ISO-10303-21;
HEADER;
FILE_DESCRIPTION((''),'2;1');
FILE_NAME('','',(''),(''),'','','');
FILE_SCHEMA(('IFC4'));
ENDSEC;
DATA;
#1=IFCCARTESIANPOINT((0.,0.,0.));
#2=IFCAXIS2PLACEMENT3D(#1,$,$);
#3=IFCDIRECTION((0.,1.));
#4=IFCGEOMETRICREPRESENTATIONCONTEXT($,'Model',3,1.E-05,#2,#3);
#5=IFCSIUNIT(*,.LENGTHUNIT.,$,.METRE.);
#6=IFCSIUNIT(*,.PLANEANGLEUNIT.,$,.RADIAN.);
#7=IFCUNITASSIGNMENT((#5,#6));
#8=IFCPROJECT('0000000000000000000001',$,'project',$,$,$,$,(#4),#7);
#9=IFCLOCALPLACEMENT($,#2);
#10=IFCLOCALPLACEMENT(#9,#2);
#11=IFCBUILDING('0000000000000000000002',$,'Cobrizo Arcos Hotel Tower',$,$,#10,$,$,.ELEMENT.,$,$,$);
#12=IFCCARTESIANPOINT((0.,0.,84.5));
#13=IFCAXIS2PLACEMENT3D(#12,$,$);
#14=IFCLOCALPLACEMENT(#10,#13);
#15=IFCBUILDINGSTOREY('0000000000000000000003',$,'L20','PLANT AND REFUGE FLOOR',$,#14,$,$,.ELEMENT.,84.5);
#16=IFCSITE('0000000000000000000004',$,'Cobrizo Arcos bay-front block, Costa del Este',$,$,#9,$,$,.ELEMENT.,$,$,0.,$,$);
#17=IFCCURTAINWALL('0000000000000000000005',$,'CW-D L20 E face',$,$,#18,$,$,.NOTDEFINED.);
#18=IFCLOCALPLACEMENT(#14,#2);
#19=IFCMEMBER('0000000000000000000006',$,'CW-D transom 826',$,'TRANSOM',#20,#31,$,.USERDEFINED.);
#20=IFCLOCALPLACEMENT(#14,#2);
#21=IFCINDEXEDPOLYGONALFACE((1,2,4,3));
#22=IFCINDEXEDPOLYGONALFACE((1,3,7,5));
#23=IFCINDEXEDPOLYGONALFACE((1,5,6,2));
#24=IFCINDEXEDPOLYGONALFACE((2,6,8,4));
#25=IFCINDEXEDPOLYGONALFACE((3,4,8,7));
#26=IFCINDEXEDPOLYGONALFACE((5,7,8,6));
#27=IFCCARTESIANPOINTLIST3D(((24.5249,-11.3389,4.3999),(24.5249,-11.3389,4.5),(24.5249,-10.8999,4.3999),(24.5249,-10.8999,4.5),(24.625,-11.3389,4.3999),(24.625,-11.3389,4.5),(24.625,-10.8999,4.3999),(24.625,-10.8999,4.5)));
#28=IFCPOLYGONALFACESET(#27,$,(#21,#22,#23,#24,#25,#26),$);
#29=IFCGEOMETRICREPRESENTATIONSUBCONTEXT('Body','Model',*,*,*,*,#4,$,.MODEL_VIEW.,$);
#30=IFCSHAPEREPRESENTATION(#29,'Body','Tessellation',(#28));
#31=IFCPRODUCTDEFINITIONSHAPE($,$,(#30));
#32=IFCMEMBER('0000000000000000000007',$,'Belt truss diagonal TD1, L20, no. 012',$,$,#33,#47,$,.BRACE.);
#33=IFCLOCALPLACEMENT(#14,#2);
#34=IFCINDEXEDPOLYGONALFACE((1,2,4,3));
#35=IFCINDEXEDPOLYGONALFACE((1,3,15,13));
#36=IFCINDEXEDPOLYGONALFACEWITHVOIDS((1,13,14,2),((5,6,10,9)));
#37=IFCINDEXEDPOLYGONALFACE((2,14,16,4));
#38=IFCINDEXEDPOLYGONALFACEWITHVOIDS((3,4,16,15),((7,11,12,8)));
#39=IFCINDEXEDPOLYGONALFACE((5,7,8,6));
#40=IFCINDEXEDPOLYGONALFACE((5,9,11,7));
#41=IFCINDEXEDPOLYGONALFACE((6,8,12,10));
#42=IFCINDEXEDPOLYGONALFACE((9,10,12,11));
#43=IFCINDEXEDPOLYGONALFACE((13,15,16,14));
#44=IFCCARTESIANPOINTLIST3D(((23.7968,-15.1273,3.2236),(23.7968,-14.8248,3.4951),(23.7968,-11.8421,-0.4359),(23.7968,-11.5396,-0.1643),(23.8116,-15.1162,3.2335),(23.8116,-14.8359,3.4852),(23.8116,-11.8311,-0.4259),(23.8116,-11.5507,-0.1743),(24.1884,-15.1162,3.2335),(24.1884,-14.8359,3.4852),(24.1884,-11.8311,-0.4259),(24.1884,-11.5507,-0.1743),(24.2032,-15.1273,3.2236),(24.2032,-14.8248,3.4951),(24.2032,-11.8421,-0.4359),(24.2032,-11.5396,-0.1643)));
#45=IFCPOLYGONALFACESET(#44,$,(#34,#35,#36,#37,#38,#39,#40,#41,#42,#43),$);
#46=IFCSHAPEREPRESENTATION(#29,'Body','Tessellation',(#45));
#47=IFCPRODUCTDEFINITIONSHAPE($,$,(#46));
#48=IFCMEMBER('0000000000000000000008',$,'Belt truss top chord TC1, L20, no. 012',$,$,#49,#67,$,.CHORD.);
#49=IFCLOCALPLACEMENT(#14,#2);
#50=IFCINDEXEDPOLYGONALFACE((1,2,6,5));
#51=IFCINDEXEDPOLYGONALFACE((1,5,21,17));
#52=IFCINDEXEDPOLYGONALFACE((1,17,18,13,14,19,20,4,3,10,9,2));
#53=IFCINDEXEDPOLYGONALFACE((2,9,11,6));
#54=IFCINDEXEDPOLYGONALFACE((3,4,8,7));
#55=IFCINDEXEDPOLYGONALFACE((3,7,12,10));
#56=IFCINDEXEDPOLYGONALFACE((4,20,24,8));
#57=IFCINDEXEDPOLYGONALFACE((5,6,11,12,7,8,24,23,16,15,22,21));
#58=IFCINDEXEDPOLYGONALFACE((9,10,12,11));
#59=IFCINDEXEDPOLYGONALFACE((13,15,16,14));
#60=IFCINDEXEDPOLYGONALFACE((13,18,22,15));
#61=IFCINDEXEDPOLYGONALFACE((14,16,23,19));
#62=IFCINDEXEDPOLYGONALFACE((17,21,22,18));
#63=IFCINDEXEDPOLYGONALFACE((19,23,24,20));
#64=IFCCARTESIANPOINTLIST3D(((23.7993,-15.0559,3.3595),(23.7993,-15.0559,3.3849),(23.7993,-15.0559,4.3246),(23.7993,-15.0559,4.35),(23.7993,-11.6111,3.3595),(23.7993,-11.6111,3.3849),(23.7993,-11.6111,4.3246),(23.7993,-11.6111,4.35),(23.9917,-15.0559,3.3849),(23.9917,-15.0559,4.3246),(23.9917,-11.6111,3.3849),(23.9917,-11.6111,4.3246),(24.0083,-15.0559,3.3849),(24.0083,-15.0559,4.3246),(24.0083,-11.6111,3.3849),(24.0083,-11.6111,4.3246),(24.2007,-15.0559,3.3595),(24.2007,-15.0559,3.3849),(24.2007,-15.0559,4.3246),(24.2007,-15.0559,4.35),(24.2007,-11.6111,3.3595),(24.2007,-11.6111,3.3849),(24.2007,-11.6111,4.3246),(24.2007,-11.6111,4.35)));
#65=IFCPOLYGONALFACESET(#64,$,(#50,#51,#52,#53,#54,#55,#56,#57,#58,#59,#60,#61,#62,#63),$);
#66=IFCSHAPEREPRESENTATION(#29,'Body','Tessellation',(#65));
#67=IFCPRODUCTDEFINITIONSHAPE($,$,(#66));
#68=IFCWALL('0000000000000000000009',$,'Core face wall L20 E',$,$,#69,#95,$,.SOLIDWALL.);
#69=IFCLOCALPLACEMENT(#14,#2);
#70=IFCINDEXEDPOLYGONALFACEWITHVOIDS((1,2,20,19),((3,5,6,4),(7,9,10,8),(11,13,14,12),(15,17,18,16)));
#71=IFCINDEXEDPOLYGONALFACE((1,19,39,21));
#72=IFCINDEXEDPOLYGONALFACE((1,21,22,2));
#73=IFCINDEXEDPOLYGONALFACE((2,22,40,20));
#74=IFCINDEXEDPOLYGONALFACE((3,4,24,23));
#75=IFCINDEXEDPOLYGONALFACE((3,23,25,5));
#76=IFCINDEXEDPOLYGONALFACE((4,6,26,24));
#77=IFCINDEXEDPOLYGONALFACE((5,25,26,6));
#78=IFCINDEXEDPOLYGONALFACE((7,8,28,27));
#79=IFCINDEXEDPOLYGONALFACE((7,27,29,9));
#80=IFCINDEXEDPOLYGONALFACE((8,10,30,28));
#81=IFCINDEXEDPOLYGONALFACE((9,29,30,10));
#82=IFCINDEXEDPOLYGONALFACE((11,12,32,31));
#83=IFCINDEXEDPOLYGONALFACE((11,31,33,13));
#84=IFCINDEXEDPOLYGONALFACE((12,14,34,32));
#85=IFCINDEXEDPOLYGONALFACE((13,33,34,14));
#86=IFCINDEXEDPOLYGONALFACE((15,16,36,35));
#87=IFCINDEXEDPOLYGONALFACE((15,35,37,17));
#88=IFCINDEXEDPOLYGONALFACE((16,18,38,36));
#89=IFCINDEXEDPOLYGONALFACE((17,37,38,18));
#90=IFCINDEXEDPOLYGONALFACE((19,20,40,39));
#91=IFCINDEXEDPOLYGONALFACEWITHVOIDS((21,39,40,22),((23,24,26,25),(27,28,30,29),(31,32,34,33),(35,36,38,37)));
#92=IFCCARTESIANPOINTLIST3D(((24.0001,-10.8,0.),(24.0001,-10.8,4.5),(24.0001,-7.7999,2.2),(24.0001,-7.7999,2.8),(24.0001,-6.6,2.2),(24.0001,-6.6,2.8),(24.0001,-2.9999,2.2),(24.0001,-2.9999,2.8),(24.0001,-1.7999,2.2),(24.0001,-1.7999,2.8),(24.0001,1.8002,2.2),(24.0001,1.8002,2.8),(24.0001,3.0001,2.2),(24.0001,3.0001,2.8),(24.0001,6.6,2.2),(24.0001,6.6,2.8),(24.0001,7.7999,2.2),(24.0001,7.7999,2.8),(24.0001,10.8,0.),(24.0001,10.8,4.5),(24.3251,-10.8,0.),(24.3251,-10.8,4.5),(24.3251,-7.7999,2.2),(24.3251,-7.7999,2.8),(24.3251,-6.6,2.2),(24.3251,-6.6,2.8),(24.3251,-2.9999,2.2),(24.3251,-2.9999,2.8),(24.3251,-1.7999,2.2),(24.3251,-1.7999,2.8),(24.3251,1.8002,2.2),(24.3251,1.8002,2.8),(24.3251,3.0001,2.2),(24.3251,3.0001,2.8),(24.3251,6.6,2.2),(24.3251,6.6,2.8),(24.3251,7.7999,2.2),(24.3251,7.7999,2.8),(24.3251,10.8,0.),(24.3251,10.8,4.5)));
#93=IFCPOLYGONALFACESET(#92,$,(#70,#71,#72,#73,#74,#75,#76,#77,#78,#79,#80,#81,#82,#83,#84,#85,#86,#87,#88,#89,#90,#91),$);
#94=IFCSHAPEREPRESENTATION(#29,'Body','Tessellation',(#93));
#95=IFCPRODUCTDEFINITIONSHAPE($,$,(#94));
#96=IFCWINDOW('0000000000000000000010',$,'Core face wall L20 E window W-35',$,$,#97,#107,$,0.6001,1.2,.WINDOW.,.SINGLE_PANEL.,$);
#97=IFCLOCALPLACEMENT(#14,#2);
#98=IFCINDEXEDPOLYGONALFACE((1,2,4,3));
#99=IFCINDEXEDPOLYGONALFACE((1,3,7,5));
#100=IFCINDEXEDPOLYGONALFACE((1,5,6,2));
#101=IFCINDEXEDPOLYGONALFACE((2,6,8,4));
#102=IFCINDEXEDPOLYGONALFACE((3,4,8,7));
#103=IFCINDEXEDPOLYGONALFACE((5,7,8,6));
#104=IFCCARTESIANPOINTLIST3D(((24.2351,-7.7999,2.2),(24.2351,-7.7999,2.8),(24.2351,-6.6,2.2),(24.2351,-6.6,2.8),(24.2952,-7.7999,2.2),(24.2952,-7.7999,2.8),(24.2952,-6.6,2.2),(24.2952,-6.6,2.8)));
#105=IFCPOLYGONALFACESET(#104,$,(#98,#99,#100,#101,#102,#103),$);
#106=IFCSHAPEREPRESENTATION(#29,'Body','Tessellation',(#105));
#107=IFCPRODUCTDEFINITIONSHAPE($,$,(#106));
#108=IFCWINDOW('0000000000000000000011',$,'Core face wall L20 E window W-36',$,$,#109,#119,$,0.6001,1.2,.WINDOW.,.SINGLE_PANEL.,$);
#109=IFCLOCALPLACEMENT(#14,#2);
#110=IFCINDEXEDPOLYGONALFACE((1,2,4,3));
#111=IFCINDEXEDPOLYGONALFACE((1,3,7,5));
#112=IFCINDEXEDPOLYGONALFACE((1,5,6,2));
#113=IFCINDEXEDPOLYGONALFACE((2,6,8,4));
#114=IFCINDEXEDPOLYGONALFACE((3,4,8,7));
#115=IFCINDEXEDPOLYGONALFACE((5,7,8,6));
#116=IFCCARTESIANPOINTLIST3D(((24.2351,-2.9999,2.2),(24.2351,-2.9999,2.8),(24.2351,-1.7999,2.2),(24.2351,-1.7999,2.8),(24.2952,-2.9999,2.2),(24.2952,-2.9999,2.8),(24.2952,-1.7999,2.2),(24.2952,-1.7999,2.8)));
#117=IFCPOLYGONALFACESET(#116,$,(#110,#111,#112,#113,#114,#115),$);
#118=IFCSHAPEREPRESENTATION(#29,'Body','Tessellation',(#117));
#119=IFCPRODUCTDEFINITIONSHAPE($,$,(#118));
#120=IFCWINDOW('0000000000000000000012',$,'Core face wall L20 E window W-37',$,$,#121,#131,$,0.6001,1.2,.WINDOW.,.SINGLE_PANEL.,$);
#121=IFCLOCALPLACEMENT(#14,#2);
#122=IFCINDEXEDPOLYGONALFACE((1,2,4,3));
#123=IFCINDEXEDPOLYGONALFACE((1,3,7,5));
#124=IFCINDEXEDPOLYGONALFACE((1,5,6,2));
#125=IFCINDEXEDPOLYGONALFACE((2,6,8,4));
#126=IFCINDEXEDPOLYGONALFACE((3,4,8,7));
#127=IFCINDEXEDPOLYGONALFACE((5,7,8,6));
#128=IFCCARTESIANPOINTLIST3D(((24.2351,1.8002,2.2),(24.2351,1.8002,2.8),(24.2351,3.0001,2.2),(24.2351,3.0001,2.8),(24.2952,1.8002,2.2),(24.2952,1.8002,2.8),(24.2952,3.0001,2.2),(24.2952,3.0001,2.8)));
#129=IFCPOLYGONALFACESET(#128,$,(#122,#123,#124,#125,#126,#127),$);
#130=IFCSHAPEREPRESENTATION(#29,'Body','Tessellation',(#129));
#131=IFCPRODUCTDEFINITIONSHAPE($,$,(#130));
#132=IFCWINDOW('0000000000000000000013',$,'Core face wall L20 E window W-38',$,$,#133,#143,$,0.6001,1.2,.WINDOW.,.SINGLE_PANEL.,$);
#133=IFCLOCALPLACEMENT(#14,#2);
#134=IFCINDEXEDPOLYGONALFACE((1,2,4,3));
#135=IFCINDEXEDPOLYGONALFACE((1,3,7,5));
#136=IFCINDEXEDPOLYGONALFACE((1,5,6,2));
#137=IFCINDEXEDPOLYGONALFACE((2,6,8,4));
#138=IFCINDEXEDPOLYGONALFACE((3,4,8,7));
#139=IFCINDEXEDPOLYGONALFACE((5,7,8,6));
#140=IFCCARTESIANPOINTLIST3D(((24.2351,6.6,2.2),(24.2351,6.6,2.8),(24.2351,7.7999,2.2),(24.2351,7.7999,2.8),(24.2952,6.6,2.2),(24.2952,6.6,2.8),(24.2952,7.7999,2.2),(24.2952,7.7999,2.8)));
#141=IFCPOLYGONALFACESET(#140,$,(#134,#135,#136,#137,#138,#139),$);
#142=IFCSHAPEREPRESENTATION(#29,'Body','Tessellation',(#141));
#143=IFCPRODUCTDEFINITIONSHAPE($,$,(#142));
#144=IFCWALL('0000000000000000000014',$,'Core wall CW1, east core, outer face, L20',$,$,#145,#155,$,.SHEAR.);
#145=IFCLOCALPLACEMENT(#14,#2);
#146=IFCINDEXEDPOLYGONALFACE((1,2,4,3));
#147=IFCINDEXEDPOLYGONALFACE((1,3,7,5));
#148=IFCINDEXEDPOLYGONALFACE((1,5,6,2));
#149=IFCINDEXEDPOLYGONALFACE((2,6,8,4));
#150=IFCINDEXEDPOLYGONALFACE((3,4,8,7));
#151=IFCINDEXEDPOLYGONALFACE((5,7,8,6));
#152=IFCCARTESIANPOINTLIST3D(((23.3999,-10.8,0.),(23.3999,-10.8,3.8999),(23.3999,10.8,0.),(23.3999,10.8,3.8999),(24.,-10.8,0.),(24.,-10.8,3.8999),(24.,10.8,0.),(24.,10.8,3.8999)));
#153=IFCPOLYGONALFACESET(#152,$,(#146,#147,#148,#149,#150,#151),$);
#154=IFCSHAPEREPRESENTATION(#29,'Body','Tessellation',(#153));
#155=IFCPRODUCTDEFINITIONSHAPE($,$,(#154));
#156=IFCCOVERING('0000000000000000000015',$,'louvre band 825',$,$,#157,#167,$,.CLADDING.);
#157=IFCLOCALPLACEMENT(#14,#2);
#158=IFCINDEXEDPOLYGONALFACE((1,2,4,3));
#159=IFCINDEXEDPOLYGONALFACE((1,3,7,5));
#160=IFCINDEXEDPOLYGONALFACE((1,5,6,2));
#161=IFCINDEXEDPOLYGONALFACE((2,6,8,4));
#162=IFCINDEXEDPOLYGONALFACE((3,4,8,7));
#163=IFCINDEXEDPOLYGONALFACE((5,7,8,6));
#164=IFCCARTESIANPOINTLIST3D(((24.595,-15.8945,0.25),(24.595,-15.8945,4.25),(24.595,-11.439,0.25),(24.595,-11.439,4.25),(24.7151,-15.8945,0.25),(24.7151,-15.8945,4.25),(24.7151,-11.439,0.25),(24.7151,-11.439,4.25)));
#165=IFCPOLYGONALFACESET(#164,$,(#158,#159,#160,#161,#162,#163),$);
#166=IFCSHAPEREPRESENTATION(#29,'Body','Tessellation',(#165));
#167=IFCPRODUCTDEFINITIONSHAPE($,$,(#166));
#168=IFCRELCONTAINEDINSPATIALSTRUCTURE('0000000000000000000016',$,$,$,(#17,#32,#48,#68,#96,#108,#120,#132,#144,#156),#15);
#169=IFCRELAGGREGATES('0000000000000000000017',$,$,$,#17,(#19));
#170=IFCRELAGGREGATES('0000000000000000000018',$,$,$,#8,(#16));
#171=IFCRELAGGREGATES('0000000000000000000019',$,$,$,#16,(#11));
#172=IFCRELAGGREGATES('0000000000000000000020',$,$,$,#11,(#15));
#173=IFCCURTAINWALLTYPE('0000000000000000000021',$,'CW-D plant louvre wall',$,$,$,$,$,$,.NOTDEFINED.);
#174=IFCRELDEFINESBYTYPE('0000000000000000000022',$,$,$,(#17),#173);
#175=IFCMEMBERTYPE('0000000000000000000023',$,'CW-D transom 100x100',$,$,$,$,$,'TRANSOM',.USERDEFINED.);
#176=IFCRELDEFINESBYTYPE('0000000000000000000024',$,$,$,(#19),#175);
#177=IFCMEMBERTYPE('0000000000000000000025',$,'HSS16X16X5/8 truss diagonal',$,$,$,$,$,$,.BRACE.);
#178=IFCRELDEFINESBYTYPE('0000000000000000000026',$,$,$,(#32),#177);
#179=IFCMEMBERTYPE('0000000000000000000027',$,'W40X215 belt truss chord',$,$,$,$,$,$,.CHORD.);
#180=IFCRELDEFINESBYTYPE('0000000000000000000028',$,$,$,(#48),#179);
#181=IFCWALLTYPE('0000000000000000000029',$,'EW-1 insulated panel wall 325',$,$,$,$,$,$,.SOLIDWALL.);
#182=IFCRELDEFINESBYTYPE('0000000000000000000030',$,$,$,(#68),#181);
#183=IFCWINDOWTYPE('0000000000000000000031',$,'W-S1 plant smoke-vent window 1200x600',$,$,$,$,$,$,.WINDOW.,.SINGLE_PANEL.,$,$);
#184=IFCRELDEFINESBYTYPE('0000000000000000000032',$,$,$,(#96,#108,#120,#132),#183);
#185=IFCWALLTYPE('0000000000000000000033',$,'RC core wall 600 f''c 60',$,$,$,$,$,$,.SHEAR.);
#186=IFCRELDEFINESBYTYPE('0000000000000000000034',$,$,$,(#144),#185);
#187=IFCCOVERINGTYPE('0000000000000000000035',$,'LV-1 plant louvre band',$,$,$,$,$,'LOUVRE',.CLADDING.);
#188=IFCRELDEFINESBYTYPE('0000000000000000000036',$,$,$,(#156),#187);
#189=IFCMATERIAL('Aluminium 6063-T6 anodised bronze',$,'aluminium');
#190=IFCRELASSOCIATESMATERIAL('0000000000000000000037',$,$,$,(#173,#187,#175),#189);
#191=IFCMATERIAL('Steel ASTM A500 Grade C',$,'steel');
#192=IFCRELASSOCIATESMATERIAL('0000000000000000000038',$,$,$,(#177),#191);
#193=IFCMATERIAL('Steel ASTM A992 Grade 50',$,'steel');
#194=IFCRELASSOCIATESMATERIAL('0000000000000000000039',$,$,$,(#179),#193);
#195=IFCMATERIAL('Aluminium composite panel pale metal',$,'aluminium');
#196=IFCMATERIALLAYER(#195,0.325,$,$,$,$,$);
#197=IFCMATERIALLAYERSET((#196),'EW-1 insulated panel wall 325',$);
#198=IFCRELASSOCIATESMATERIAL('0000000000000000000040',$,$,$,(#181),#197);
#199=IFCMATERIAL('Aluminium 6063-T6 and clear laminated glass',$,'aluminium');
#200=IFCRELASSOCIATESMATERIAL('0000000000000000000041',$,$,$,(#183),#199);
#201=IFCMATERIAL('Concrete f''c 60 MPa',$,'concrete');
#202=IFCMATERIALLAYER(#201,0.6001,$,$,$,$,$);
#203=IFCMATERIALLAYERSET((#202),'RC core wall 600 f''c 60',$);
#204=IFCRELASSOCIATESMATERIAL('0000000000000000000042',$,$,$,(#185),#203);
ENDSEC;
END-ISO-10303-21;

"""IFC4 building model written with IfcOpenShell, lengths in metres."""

from ifc_helpers import new_model, si_unit, direction, frame, frame_2d, origin, origin_2d, place, context, subcontext, project, spatial, rectangle, hollow_rectangle, i_section, extrude, material, layer, layer_set, material_profile, profile_set, type_object, element, fill, aggregate, save


model = new_model("IFC4")

# Units and contexts
model_context = context("Model", 3, precision=1e-05, world=origin(), true_north=direction((0.0, 1.0)))
body_context = subcontext(model_context, "Body", "Model", "MODEL_VIEW")
ifc_project = project(units=[si_unit("LENGTHUNIT", "METRE"), si_unit("PLANEANGLEUNIT", "RADIAN")], contexts=[model_context])

# Site, building, storey
site_placement = place(None, origin())
site = spatial("IfcSite", under=ifc_project, at=site_placement, Name="Cobrizo Arcos bay-front block, Costa del Este", CompositionType="ELEMENT", RefElevation=0.0)
building_placement = place(site_placement, origin())
building = spatial("IfcBuilding", under=site, at=building_placement, Name="Cobrizo Arcos Hotel Tower", CompositionType="ELEMENT")
storey_placement = place(building_placement, frame((0.0, 0.0, 84.5)))
storey = spatial("IfcBuildingStorey", under=building, at=storey_placement, Name="L20", Description="PLANT AND REFUGE FLOOR", CompositionType="ELEMENT", Elevation=84.5)

# Curtain wall, member
ifc_material_1 = material(Name="Aluminium 6063-T6 anodised bronze", Category="aluminium")
curtain_wall_type = type_object("IfcCurtainWallType", Name="CW-D plant louvre wall", PredefinedType="NOTDEFINED", material=ifc_material_1)
curtain_wall_placement = place(storey_placement, origin())
curtain_wall = element("IfcCurtainWall", 1, at=curtain_wall_placement, inside=storey, type_object=curtain_wall_type, Name="CW-D L20 E face", PredefinedType="NOTDEFINED")
ifc_material_profile_1 = material_profile(ifc_material_1, rectangle(XDim=0.1001, YDim=0.1001, at=origin_2d()), Name="CW-D transom 100x100")
ifc_profile_set_1 = profile_set([ifc_material_profile_1], Name="Aluminium 6063-T6 anodised bronze")
member_type_1 = type_object("IfcMemberType", Name="CW-D transom 100x100", ElementType="TRANSOM", PredefinedType="USERDEFINED", material=ifc_profile_set_1)
member_1_placement = place(storey_placement, frame((24.575, -11.3389, 4.45), z_axis=(0.0, 1.0, 0.0), x_axis=(-1.0, 0.0, 0.0)))
member_1 = element("IfcMember", 2, at=member_1_placement, type_object=member_type_1, Name="CW-D transom 826", ObjectType="TRANSOM", PredefinedType="USERDEFINED", context=body_context, shape_type="SweptSolid", body=[
    extrude(rectangle(XDim=0.1001, YDim=0.1001, at=origin_2d()), origin(), (0.0, 0.0, 1.0), 0.439),
])
aggregate(curtain_wall, [member_1])

# Members
ifc_material_2 = material(Name="Steel ASTM A500 Grade C", Category="steel")
ifc_material_profile_2 = material_profile(ifc_material_2, hollow_rectangle(XDim=0.4065, YDim=0.4065, WallThickness=0.0149, at=origin_2d()), Name="HSS16X16X5/8")
ifc_profile_set_2 = profile_set([ifc_material_profile_2], Name="Steel ASTM A500 Grade C")
member_type_2 = type_object("IfcMemberType", Name="HSS16X16X5/8 truss diagonal", PredefinedType="BRACE", material=ifc_profile_set_2)
member_2_placement = place(storey_placement, frame((24.0, -14.9761, 3.3594), z_axis=(0.0, 0.668029, -0.744135), x_axis=(-1.0, 0.0, 0.0)))
element("IfcMember", 3, at=member_2_placement, inside=storey, type_object=member_type_2, Name="Belt truss diagonal TD1, L20, no. 012", PredefinedType="BRACE", context=body_context, shape_type="SweptSolid", body=[
    extrude(hollow_rectangle(XDim=0.4065, YDim=0.4065, WallThickness=0.0149, at=origin_2d()), origin(), (0.0, 0.0, 1.0), 4.9177),
])
ifc_material_3 = material(Name="Steel ASTM A992 Grade 50", Category="steel")
ifc_material_profile_3 = material_profile(ifc_material_3, i_section(OverallWidth=0.4014, OverallDepth=0.9905, WebThickness=0.0166, FlangeThickness=0.0254, at=origin_2d()), Name="W40X215")
ifc_profile_set_3 = profile_set([ifc_material_profile_3], Name="Steel ASTM A992 Grade 50")
member_type_3 = type_object("IfcMemberType", Name="W40X215 belt truss chord", PredefinedType="CHORD", material=ifc_profile_set_3)
member_3_placement = place(storey_placement, frame((24.0, -15.0559, 3.8547), z_axis=(0.0, 1.0, 0.0), x_axis=(-1.0, 0.0, 0.0)))
element("IfcMember", 4, at=member_3_placement, inside=storey, type_object=member_type_3, Name="Belt truss top chord TC1, L20, no. 012", PredefinedType="CHORD", context=body_context, shape_type="SweptSolid", body=[
    extrude(i_section(OverallWidth=0.4014, OverallDepth=0.9905, WebThickness=0.0166, FlangeThickness=0.0254, at=origin_2d()), origin(), (0.0, 0.0, 1.0), 3.4448),
])

# Wall, openings, windows
ifc_material_4 = material(Name="Aluminium composite panel pale metal", Category="aluminium")
ifc_layer_1 = layer(ifc_material_4, 0.325)
ifc_layer_set_1 = layer_set([ifc_layer_1], Name="EW-1 insulated panel wall 325")
wall_type_1 = type_object("IfcWallType", Name="EW-1 insulated panel wall 325", PredefinedType="SOLIDWALL", material=ifc_layer_set_1)
wall_1_placement = place(storey_placement, frame((24.1626, -10.8, 0.0), z_axis=(0.0, 0.0, 1.0), x_axis=(0.0, 1.0, 0.0)))
wall_1 = element("IfcWall", 5, at=wall_1_placement, inside=storey, type_object=wall_type_1, Name="Core face wall L20 E", PredefinedType="SOLIDWALL", context=body_context, shape_type="SweptSolid", body=[
    extrude(rectangle(XDim=21.6001, YDim=0.325, at=frame_2d((10.8, 0.0))), origin(), (0.0, 0.0, 1.0), 4.5),
])
opening_1_placement = place(wall_1_placement, frame((3.0, 0.0, 2.2)))
opening_1 = element("IfcOpeningElement", 6, at=opening_1_placement, cuts=wall_1, PredefinedType="OPENING", context=body_context, shape_type="SweptSolid", body=[
    extrude(rectangle(XDim=1.2, YDim=0.6001, at=frame_2d((0.6001, 0.3))), frame((0.0, 0.1746, 0.0), z_axis=(0.0, -1.0, 0.0), x_axis=(1.0, 0.0, 0.0)), (0.0, 0.0, 1.0), 0.3489),
])
opening_2_placement = place(wall_1_placement, frame((7.8, 0.0, 2.2)))
opening_2 = element("IfcOpeningElement", 7, at=opening_2_placement, cuts=wall_1, PredefinedType="OPENING", context=body_context, shape_type="SweptSolid", body=[
    extrude(rectangle(XDim=1.2, YDim=0.6001, at=frame_2d((0.6001, 0.3))), frame((0.0, 0.1746, 0.0), z_axis=(0.0, -1.0, 0.0), x_axis=(1.0, 0.0, 0.0)), (0.0, 0.0, 1.0), 0.3489),
])
opening_3_placement = place(wall_1_placement, frame((12.6001, 0.0, 2.2)))
opening_3 = element("IfcOpeningElement", 8, at=opening_3_placement, cuts=wall_1, PredefinedType="OPENING", context=body_context, shape_type="SweptSolid", body=[
    extrude(rectangle(XDim=1.2, YDim=0.6001, at=frame_2d((0.6001, 0.3))), frame((0.0, 0.1746, 0.0), z_axis=(0.0, -1.0, 0.0), x_axis=(1.0, 0.0, 0.0)), (0.0, 0.0, 1.0), 0.3489),
])
opening_4_placement = place(wall_1_placement, frame((17.3999, 0.0, 2.2)))
opening_4 = element("IfcOpeningElement", 9, at=opening_4_placement, cuts=wall_1, PredefinedType="OPENING", context=body_context, shape_type="SweptSolid", body=[
    extrude(rectangle(XDim=1.2, YDim=0.6001, at=frame_2d((0.6001, 0.3))), frame((0.0, 0.1746, 0.0), z_axis=(0.0, -1.0, 0.0), x_axis=(1.0, 0.0, 0.0)), (0.0, 0.0, 1.0), 0.3489),
])
ifc_material_5 = material(Name="Aluminium 6063-T6 and clear laminated glass", Category="aluminium")
window_type = type_object("IfcWindowType", Name="W-S1 plant smoke-vent window 1200x600", PartitioningType="SINGLE_PANEL", PredefinedType="WINDOW", material=ifc_material_5)
window_1_placement = place(opening_1_placement, origin())
window_1 = element("IfcWindow", 10, at=window_1_placement, inside=storey, type_object=window_type, Name="Core face wall L20 E window W-35", OverallHeight=0.6001, OverallWidth=1.2, PartitioningType="SINGLE_PANEL", PredefinedType="WINDOW", context=body_context, shape_type="SweptSolid", body=[
    extrude(rectangle(XDim=1.2, YDim=0.6001, at=frame_2d((0.6001, 0.3))), frame((0.0, -0.0725, 0.0), z_axis=(0.0, -1.0, 0.0), x_axis=(1.0, 0.0, 0.0)), (0.0, 0.0, 1.0), 0.0601),
])
fill(opening_1, window_1)
window_2_placement = place(opening_2_placement, origin())
window_2 = element("IfcWindow", 11, at=window_2_placement, inside=storey, type_object=window_type, Name="Core face wall L20 E window W-36", OverallHeight=0.6001, OverallWidth=1.2, PartitioningType="SINGLE_PANEL", PredefinedType="WINDOW", context=body_context, shape_type="SweptSolid", body=[
    extrude(rectangle(XDim=1.2, YDim=0.6001, at=frame_2d((0.6001, 0.3))), frame((0.0, -0.0725, 0.0), z_axis=(0.0, -1.0, 0.0), x_axis=(1.0, 0.0, 0.0)), (0.0, 0.0, 1.0), 0.0601),
])
fill(opening_2, window_2)
window_3_placement = place(opening_3_placement, origin())
window_3 = element("IfcWindow", 12, at=window_3_placement, inside=storey, type_object=window_type, Name="Core face wall L20 E window W-37", OverallHeight=0.6001, OverallWidth=1.2, PartitioningType="SINGLE_PANEL", PredefinedType="WINDOW", context=body_context, shape_type="SweptSolid", body=[
    extrude(rectangle(XDim=1.2, YDim=0.6001, at=frame_2d((0.6001, 0.3))), frame((0.0, -0.0725, 0.0), z_axis=(0.0, -1.0, 0.0), x_axis=(1.0, 0.0, 0.0)), (0.0, 0.0, 1.0), 0.0601),
])
fill(opening_3, window_3)
window_4_placement = place(opening_4_placement, origin())
window_4 = element("IfcWindow", 13, at=window_4_placement, inside=storey, type_object=window_type, Name="Core face wall L20 E window W-38", OverallHeight=0.6001, OverallWidth=1.2, PartitioningType="SINGLE_PANEL", PredefinedType="WINDOW", context=body_context, shape_type="SweptSolid", body=[
    extrude(rectangle(XDim=1.2, YDim=0.6001, at=frame_2d((0.6001, 0.3))), frame((0.0, -0.0725, 0.0), z_axis=(0.0, -1.0, 0.0), x_axis=(1.0, 0.0, 0.0)), (0.0, 0.0, 1.0), 0.0601),
])
fill(opening_4, window_4)

# Wall
ifc_material_6 = material(Name="Concrete f'c 60 MPa", Category="concrete")
ifc_layer_2 = layer(ifc_material_6, 0.6001)
ifc_layer_set_2 = layer_set([ifc_layer_2], Name="RC core wall 600 f'c 60")
wall_type_2 = type_object("IfcWallType", Name="RC core wall 600 f'c 60", PredefinedType="SHEAR", material=ifc_layer_set_2)
wall_2_placement = place(storey_placement, frame((23.7, -10.8, 0.0), z_axis=(0.0, 0.0, 1.0), x_axis=(0.0, 1.0, 0.0)))
element("IfcWall", 14, at=wall_2_placement, inside=storey, type_object=wall_type_2, Name="Core wall CW1, east core, outer face, L20", PredefinedType="SHEAR", context=body_context, shape_type="SweptSolid", body=[
    extrude(rectangle(XDim=21.6001, YDim=0.6001, at=frame_2d((10.8, 0.0))), origin(), (0.0, 0.0, 1.0), 3.8999),
])

# Covering
covering_type = type_object("IfcCoveringType", Name="LV-1 plant louvre band", ElementType="LOUVRE", PredefinedType="CLADDING", material=ifc_material_1)
covering_1_placement = place(storey_placement, frame((24.655, -13.6667, 0.25), z_axis=(0.0, 0.0, 1.0), x_axis=(0.0, 1.0, 0.0)))
element("IfcCovering", 15, at=covering_1_placement, inside=storey, type_object=covering_type, Name="louvre band 825", PredefinedType="CLADDING", context=body_context, shape_type="SweptSolid", body=[
    extrude(rectangle(XDim=4.4556, YDim=0.1201, at=origin_2d()), origin(), (0.0, 0.0, 1.0), 4.0),
])

save(model, "model.ifc")
